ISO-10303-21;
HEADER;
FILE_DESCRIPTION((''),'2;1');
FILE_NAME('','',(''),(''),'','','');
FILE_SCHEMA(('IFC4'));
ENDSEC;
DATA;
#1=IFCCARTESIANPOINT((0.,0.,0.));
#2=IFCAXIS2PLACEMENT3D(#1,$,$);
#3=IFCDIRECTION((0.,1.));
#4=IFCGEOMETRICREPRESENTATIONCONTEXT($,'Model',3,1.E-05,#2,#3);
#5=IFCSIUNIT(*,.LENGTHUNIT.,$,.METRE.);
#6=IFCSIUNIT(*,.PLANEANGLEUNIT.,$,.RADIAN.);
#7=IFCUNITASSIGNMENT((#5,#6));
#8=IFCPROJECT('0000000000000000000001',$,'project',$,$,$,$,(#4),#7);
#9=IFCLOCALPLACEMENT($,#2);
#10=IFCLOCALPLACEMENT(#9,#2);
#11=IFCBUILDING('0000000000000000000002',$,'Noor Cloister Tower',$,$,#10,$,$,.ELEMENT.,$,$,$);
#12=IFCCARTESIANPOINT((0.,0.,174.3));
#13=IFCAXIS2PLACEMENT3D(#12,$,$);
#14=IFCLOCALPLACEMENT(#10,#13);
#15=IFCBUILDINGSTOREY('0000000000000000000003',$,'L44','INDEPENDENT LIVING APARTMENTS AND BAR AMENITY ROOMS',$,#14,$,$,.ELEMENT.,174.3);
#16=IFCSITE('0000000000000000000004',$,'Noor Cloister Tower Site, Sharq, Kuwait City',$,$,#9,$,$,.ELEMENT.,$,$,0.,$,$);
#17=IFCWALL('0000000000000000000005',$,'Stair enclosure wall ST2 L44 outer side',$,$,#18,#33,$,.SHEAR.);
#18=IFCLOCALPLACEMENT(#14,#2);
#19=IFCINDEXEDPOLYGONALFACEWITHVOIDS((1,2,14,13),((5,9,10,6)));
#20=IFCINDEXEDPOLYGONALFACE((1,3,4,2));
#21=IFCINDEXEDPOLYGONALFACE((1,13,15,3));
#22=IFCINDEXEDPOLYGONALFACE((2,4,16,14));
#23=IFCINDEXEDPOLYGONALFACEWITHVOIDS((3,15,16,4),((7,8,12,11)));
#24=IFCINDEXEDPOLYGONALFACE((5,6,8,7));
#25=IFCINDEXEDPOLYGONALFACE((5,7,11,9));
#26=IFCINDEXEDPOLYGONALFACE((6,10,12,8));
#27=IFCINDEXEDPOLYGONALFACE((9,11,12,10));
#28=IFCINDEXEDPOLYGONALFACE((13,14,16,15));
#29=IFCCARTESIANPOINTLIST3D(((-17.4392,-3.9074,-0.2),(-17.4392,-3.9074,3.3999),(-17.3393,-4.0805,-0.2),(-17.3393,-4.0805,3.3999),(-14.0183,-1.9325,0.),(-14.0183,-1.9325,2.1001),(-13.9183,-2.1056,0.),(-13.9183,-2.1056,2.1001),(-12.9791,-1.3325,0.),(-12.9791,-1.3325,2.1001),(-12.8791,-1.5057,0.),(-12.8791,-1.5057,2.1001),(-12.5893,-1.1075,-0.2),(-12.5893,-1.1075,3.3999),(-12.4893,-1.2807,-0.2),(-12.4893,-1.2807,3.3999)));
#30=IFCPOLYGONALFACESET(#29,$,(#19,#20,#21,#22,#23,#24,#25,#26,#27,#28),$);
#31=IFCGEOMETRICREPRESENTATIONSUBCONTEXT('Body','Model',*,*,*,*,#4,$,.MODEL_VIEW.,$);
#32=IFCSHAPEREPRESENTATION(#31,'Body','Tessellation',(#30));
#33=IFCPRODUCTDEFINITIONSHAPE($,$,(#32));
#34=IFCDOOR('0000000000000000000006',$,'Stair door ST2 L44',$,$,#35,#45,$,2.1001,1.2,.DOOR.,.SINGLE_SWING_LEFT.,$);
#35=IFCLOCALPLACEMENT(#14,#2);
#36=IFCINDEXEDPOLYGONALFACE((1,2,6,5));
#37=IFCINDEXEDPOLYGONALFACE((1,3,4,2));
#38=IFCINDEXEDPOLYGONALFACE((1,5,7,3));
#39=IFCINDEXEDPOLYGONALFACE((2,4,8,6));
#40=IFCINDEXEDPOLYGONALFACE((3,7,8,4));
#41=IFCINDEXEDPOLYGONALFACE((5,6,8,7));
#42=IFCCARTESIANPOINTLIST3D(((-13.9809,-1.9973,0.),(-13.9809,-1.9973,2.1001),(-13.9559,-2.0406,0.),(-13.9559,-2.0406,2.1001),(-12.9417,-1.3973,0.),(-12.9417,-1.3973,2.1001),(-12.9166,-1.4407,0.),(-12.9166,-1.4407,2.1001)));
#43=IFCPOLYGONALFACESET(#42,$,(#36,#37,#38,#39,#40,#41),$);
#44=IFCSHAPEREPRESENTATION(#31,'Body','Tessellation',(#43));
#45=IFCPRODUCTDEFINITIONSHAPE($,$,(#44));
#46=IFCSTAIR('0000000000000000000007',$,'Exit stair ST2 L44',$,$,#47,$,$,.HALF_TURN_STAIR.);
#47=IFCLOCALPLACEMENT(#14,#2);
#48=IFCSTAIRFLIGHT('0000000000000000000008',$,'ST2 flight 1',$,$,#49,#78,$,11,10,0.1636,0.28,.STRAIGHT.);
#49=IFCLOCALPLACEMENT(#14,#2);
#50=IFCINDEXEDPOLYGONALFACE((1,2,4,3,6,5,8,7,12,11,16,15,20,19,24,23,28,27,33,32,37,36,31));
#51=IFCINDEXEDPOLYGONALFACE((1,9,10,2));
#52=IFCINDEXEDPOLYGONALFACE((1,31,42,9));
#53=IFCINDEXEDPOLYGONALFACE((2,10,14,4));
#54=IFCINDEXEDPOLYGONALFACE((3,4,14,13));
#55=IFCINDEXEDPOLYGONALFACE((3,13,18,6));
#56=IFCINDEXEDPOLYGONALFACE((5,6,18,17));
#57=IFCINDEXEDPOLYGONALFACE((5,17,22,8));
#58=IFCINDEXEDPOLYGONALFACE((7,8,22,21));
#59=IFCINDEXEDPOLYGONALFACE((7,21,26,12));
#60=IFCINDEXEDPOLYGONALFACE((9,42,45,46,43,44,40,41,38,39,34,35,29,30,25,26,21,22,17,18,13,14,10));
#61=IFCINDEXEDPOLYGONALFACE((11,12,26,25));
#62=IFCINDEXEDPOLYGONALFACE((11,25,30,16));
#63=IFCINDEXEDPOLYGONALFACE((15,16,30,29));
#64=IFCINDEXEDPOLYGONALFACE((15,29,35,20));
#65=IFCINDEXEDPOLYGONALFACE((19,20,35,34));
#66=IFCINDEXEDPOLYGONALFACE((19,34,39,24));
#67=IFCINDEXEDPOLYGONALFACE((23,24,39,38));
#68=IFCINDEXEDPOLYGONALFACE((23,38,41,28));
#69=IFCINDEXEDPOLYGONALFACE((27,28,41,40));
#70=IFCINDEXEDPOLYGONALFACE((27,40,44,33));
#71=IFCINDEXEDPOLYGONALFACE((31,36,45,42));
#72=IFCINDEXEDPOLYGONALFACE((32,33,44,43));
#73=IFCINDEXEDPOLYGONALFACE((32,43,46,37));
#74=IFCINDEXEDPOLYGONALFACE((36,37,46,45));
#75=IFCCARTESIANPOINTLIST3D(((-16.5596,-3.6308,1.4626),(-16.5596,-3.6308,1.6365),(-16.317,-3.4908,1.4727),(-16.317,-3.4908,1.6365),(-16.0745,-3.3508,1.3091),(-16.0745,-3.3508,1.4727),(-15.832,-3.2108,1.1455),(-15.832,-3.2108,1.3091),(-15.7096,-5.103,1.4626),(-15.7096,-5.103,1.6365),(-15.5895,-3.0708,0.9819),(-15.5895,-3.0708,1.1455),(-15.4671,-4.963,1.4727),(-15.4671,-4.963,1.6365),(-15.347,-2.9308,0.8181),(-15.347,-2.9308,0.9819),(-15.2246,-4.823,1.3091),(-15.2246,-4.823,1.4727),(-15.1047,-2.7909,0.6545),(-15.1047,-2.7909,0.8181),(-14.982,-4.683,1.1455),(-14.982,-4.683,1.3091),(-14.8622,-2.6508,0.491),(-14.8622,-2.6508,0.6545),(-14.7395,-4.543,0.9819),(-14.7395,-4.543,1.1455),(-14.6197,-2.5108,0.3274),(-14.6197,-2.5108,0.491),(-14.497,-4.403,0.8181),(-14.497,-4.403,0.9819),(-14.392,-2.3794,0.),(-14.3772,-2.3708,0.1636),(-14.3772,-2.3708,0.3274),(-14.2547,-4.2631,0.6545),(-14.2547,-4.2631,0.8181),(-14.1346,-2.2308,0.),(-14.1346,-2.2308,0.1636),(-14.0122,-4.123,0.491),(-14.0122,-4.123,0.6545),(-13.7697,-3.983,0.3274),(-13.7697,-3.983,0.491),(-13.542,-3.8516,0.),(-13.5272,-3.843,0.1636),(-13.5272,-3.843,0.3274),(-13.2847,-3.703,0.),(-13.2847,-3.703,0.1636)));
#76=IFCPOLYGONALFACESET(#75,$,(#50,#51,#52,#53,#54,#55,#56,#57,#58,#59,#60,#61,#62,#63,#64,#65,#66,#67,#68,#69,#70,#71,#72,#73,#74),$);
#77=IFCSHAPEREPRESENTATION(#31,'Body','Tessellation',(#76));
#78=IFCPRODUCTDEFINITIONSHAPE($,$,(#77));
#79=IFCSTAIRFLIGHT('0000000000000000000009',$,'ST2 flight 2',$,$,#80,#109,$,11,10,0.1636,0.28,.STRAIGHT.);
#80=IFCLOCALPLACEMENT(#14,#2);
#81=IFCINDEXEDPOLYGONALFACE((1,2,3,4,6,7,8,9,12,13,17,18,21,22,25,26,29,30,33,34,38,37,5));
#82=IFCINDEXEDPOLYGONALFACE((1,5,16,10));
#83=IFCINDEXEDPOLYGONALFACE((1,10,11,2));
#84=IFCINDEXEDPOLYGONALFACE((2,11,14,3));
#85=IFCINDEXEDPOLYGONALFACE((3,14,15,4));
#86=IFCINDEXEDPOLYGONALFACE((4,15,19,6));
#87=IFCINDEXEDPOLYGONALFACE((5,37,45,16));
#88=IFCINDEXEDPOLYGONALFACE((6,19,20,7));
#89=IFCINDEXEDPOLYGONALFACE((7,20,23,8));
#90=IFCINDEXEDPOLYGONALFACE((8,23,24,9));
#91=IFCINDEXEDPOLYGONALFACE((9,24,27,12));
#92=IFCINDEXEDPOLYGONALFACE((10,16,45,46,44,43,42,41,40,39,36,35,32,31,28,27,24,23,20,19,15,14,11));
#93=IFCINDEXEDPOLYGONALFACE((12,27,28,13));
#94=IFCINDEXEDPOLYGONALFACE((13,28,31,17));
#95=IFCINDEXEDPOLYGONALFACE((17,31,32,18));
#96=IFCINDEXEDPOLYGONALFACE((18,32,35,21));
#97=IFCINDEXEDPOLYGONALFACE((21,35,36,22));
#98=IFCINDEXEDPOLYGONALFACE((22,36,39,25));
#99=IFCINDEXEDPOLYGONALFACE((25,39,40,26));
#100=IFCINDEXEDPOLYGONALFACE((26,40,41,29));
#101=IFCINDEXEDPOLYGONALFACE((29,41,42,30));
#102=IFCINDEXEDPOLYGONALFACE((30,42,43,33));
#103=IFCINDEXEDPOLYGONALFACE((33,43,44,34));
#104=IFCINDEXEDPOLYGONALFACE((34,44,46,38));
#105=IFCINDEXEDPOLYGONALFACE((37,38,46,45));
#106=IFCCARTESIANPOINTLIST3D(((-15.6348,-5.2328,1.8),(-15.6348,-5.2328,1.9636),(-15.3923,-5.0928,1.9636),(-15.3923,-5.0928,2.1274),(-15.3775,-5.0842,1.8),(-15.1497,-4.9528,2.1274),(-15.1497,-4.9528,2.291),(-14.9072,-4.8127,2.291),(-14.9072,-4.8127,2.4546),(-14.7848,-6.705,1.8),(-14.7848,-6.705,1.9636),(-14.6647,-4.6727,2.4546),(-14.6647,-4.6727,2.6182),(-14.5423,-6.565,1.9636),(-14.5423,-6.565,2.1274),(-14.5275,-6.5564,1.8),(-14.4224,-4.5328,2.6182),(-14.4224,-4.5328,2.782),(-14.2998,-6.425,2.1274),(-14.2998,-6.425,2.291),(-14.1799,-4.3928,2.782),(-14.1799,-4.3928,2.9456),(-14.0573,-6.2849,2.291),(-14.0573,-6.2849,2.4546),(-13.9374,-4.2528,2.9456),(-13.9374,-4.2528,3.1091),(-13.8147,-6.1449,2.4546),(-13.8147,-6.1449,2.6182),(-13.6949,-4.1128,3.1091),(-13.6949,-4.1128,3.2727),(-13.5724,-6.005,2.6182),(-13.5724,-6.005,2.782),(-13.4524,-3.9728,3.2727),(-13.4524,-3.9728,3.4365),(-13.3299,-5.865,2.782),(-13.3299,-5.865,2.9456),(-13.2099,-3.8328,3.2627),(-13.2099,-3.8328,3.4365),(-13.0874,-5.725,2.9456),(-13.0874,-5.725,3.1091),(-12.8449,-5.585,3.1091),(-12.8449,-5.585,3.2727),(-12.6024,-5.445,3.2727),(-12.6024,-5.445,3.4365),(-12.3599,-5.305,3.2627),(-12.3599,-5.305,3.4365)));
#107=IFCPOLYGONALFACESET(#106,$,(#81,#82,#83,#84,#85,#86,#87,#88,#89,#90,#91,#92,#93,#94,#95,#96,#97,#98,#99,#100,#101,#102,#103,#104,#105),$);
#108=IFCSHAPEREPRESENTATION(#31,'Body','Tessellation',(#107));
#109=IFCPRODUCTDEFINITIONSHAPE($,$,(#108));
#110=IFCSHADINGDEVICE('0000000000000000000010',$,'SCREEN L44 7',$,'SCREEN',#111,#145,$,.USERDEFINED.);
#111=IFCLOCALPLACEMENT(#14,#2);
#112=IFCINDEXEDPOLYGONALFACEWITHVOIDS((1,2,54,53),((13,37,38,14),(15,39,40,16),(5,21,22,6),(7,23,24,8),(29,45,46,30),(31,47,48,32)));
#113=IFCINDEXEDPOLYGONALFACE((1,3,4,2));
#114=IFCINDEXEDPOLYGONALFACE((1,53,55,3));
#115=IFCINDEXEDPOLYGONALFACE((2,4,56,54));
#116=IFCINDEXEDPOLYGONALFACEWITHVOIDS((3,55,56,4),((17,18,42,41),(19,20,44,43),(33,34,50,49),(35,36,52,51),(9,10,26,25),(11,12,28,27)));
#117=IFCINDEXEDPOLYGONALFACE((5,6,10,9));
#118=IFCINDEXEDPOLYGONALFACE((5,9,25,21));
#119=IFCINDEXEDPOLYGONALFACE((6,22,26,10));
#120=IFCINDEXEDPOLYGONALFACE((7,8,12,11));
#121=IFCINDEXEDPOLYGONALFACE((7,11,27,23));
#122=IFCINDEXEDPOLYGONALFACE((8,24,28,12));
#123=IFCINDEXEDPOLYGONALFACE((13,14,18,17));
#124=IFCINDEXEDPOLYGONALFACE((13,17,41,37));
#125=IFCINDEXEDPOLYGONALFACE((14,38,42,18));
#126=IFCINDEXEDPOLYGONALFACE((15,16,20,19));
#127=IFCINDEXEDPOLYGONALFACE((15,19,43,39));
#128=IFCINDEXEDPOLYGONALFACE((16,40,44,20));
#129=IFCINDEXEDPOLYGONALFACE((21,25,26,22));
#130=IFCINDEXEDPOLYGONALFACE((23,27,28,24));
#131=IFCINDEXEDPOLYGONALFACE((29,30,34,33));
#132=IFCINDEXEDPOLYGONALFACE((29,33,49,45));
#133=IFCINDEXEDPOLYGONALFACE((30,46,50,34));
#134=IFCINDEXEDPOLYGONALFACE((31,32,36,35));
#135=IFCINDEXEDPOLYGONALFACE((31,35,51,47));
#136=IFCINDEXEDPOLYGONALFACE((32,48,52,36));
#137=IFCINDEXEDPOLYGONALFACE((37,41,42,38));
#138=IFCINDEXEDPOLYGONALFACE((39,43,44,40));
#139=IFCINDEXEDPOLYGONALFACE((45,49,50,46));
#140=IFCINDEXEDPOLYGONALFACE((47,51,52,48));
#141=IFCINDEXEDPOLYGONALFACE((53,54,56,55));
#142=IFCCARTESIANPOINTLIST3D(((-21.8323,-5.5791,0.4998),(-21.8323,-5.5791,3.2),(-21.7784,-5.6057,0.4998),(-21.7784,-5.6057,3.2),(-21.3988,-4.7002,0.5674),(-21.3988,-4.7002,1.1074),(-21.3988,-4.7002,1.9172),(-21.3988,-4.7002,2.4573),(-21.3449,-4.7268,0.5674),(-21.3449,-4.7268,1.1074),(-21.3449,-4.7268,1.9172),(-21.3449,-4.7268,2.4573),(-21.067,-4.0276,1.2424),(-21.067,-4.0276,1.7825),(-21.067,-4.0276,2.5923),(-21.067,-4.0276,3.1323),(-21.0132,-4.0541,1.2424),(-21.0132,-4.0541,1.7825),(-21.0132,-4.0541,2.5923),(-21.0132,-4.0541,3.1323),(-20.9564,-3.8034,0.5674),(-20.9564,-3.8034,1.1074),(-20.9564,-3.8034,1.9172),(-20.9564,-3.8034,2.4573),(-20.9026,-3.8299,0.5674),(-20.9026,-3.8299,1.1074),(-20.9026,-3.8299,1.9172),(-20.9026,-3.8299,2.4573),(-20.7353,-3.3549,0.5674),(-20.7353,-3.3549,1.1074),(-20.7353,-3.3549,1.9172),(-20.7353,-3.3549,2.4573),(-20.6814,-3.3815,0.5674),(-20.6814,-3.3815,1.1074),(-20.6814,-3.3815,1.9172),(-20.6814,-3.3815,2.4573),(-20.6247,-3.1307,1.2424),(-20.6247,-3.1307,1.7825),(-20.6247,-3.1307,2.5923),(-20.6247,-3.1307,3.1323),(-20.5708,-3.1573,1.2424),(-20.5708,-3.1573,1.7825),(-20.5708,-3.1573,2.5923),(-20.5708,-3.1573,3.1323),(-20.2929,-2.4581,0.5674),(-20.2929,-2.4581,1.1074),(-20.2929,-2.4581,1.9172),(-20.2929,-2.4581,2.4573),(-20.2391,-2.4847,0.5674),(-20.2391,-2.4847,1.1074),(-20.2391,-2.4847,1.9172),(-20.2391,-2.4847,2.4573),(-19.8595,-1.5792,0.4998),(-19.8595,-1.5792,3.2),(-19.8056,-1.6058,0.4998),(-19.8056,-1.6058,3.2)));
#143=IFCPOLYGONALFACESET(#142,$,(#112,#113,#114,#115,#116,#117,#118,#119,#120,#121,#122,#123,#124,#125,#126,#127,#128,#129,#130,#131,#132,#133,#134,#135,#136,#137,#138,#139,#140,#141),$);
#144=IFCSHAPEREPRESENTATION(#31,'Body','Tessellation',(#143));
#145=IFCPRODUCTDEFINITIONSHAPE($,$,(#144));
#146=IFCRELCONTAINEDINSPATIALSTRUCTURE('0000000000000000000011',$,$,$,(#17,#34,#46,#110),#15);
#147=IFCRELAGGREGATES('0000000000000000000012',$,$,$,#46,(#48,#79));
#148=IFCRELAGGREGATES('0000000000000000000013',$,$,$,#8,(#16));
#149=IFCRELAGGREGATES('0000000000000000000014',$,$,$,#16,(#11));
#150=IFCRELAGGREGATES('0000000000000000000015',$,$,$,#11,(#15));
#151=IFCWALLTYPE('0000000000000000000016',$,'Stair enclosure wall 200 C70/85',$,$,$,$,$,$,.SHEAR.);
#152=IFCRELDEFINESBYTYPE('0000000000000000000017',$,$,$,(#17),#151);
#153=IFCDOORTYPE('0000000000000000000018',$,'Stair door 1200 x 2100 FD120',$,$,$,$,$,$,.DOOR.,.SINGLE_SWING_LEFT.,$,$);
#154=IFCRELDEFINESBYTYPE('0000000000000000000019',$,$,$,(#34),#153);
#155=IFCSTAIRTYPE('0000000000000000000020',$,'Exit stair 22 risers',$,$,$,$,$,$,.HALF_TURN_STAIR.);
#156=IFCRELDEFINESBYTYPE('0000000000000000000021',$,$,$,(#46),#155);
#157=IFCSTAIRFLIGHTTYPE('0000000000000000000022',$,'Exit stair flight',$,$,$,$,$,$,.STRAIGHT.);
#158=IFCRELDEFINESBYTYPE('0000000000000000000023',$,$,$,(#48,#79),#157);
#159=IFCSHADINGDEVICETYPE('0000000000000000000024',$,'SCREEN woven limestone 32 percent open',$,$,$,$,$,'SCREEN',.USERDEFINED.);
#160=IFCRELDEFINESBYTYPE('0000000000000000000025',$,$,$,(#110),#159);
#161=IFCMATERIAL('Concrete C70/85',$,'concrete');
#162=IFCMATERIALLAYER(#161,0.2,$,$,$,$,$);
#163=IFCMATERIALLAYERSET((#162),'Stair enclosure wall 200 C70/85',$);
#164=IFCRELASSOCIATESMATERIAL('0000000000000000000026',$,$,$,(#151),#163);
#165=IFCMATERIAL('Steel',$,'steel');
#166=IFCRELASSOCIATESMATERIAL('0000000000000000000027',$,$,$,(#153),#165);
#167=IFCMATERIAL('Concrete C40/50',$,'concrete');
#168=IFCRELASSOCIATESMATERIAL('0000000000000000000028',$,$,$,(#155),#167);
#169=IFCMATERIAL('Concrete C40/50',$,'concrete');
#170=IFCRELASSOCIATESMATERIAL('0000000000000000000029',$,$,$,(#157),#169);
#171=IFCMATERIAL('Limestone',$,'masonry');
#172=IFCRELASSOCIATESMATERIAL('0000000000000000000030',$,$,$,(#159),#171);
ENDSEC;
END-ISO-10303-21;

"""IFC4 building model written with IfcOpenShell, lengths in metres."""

from ifc_helpers import new_model, si_unit, direction, frame, frame_2d, origin, place, context, subcontext, project, spatial, polyline, rectangle, outline, extrude, material, layer, layer_set, material_profile, profile_set, type_object, element, fill, aggregate, save


model = new_model("IFC4")

# Units and contexts
model_context = context("Model", 3, precision=1e-05, world=origin(), true_north=direction((0.0, 1.0)))
body_context = subcontext(model_context, "Body", "Model", "MODEL_VIEW")
ifc_project = project(units=[si_unit("LENGTHUNIT", "METRE"), si_unit("PLANEANGLEUNIT", "RADIAN")], contexts=[model_context])

# Site, building, storey
site_placement = place(None, origin())
site = spatial("IfcSite", under=ifc_project, at=site_placement, Name="Noor Cloister Tower Site, Sharq, Kuwait City", CompositionType="ELEMENT", RefElevation=0.0)
building_placement = place(site_placement, origin())
building = spatial("IfcBuilding", under=site, at=building_placement, Name="Noor Cloister Tower", CompositionType="ELEMENT")
storey_placement = place(building_placement, frame((0.0, 0.0, 174.3)))
storey = spatial("IfcBuildingStorey", under=building, at=storey_placement, Name="L44", Description="INDEPENDENT LIVING APARTMENTS AND BAR AMENITY ROOMS", CompositionType="ELEMENT", Elevation=174.3)

# Wall, opening, door
ifc_material_1 = material(Name="Concrete C70/85", Category="concrete")
ifc_layer_1 = layer(ifc_material_1, 0.2)
ifc_layer_set_1 = layer_set([ifc_layer_1], Name="Stair enclosure wall 200 C70/85")
wall_type_1 = type_object("IfcWallType", Name="Stair enclosure wall 200 C70/85", PredefinedType="SHEAR", material=ifc_layer_set_1)
ifc_material_2 = material(Name="Steel", Category="steel")
door_type = type_object("IfcDoorType", Name="Stair door 1200 x 2100 FD120", OperationType="SINGLE_SWING_LEFT", PredefinedType="DOOR", material=ifc_material_2)
wall_1_placement = place(storey_placement, frame((-12.5393, -1.1941, -0.2), z_axis=(0.0, 0.0, 1.0), x_axis=(-0.866045, -0.499965, 0.0)))
wall_1 = element("IfcWall", 1, at=wall_1_placement, inside=storey, type_object=wall_type_1, Name="Stair enclosure wall ST2 L44 outer side", PredefinedType="SHEAR", context=body_context, shape_type="SweptSolid", body=[
    extrude(rectangle(XDim=5.6001, YDim=0.2, at=frame_2d((2.8, 0.0))), origin(), (0.0, 0.0, 1.0), 3.5999),
])
opening_1_placement = place(wall_1_placement, frame((0.45, 0.0, 0.2)))
opening_1 = element("IfcOpeningElement", 2, at=opening_1_placement, cuts=wall_1, PredefinedType="OPENING", context=body_context, shape_type="SweptSolid", body=[
    extrude(rectangle(XDim=1.2, YDim=2.1001, at=frame_2d((0.6001, 1.05))), frame((0.0, 0.1099, 0.0), z_axis=(0.0, -1.0, 0.0), x_axis=(1.0, 0.0, 0.0)), (0.0, 0.0, 1.0), 0.22),
])
door_1_placement = place(opening_1_placement, origin())
door_1 = element("IfcDoor", 3, at=door_1_placement, inside=storey, type_object=door_type, Name="Stair door ST2 L44", OperationType="SINGLE_SWING_LEFT", OverallHeight=2.1001, OverallWidth=1.2, PredefinedType="DOOR", context=body_context, shape_type="SweptSolid", body=[
    extrude(rectangle(XDim=1.2, YDim=2.1001, at=frame_2d((0.6001, 1.05))), frame((0.0, 0.0249, 0.0), z_axis=(0.0, -1.0, 0.0), x_axis=(1.0, 0.0, 0.0)), (0.0, 0.0, 1.0), 0.05),
])
fill(opening_1, door_1)

# Stair, stair flights
ifc_material_3 = material(Name="Concrete C40/50", Category="concrete")
stair_type = type_object("IfcStairType", Name="Exit stair 22 risers", PredefinedType="HALF_TURN_STAIR", material=ifc_material_3)
stair_placement = place(storey_placement, origin())
stair = element("IfcStair", 4, at=stair_placement, inside=storey, type_object=stair_type, Name="Exit stair ST2 L44", PredefinedType="HALF_TURN_STAIR")
ifc_material_4 = material(Name="Concrete C40/50", Category="concrete")
stair_flight_type = type_object("IfcStairFlightType", Name="Exit stair flight", PredefinedType="STRAIGHT", material=ifc_material_4)
stair_flight_1_placement = place(storey_placement, frame((-13.7097, -2.9668, 0.0), z_axis=(0.0, 0.0, 1.0), x_axis=(-0.866025, -0.5, 0.0)))
stair_flight_1 = element("IfcStairFlight", 5, at=stair_flight_1_placement, type_object=stair_flight_type, Name="ST2 flight 1", NumberOfRisers=11, NumberOfTreads=10, PredefinedType="STRAIGHT", RiserHeight=0.1636, TreadLength=0.28, context=body_context, shape_type="SweptSolid", body=[
    extrude(outline(polyline([(0.0, 0.0), (0.0, 0.1636), (0.28, 0.1636), (0.28, 0.3274), (0.5601, 0.3274), (0.5601, 0.491), (0.8401, 0.491), (0.8401, 0.6545), (1.1201, 0.6545), (1.1201, 0.8181), (1.3999, 0.8181), (1.3999, 0.9819), (1.6799, 0.9819), (1.6799, 1.1455), (1.96, 1.1455), (1.96, 1.3091), (2.24, 1.3091), (2.24, 1.4727), (2.52, 1.4727), (2.52, 1.6365), (2.8, 1.6365), (2.8, 1.8), (2.8, 1.4626), (0.2971, 0.0), (0.0, 0.0)])), frame((0.0, 0.8501, 0.0), z_axis=(0.0, -1.0, 0.0), x_axis=(1.0, 0.0, 0.0)), (0.0, 0.0, 1.0), 1.7),
])
stair_flight_2_placement = place(storey_placement, frame((-15.2097, -5.969, 1.8), z_axis=(0.0, 0.0, 1.0), x_axis=(0.866025, 0.5, 0.0)))
stair_flight_2 = element("IfcStairFlight", 6, at=stair_flight_2_placement, type_object=stair_flight_type, Name="ST2 flight 2", NumberOfRisers=11, NumberOfTreads=10, PredefinedType="STRAIGHT", RiserHeight=0.1636, TreadLength=0.28, context=body_context, shape_type="SweptSolid", body=[
    extrude(outline(polyline([(0.0, 0.0), (0.0, 0.1636), (0.28, 0.1636), (0.28, 0.3274), (0.5601, 0.3274), (0.5601, 0.491), (0.8401, 0.491), (0.8401, 0.6545), (1.1201, 0.6545), (1.1201, 0.8181), (1.3999, 0.8181), (1.3999, 0.9819), (1.6799, 0.9819), (1.6799, 1.1455), (1.96, 1.1455), (1.96, 1.3091), (2.24, 1.3091), (2.24, 1.4727), (2.52, 1.4727), (2.52, 1.6365), (2.8, 1.6365), (2.8, 1.8), (2.8, 1.4626), (0.2971, 0.0), (0.0, 0.0)])), frame((0.0, 0.8501, 0.0), z_axis=(0.0, -1.0, 0.0), x_axis=(1.0, 0.0, 0.0)), (0.0, 0.0, 1.0), 1.7),
])
aggregate(stair, [stair_flight_1, stair_flight_2])

# Shading device
ifc_material_5 = material(Name="Limestone", Category="masonry")
ifc_material_profile_1 = material_profile(ifc_material_5, outline(polyline([(-2.23, -1.3501), (2.23, -1.3501), (2.23, 1.3501), (-2.23, 1.3501), (-2.23, -1.3501)]), holes=[polyline([(-1.25, -1.2825), (-0.25, -1.2825), (-0.25, -0.7424), (-1.25, -0.7424), (-1.25, -1.2825)]), polyline([(0.25, -1.2825), (1.25, -1.2825), (1.25, -0.7424), (0.25, -0.7424), (0.25, -1.2825)]), polyline([(-0.5, -0.6074), (0.5, -0.6074), (0.5, -0.0674), (-0.5, -0.0674), (-0.5, -0.6074)]), polyline([(-1.25, 0.0674), (-0.25, 0.0674), (-0.25, 0.6074), (-1.25, 0.6074), (-1.25, 0.0674)]), polyline([(0.25, 0.0674), (1.25, 0.0674), (1.25, 0.6074), (0.25, 0.6074), (0.25, 0.0674)]), polyline([(-0.5, 0.7424), (0.5, 0.7424), (0.5, 1.2825), (-0.5, 1.2825), (-0.5, 0.7424)])]), Name="Woven screen 32 percent open")
ifc_profile_set_1 = profile_set([ifc_material_profile_1], Name="Limestone")
shading_device_type = type_object("IfcShadingDeviceType", Name="SCREEN woven limestone 32 percent open", ElementType="SCREEN", PredefinedType="USERDEFINED", material=ifc_profile_set_1)
shading_device_placement = place(storey_placement, frame((-20.792, -3.6057, 1.8499), z_axis=(-0.896849, 0.442337, 0.0), x_axis=(-0.442337, -0.896849, 0.0)))
element("IfcShadingDevice", 7, at=shading_device_placement, inside=storey, type_object=shading_device_type, Name="SCREEN L44 7", ObjectType="SCREEN", PredefinedType="USERDEFINED", context=body_context, shape_type="SweptSolid", body=[
    extrude(outline(polyline([(-2.23, -1.3501), (2.23, -1.3501), (2.23, 1.3501), (-2.23, 1.3501), (-2.23, -1.3501)]), holes=[polyline([(-1.25, -1.2825), (-0.25, -1.2825), (-0.25, -0.7424), (-1.25, -0.7424), (-1.25, -1.2825)]), polyline([(0.25, -1.2825), (1.25, -1.2825), (1.25, -0.7424), (0.25, -0.7424), (0.25, -1.2825)]), polyline([(-0.5, -0.6074), (0.5, -0.6074), (0.5, -0.0674), (-0.5, -0.0674), (-0.5, -0.6074)]), polyline([(-1.25, 0.0674), (-0.25, 0.0674), (-0.25, 0.6074), (-1.25, 0.6074), (-1.25, 0.0674)]), polyline([(0.25, 0.0674), (1.25, 0.0674), (1.25, 0.6074), (0.25, 0.6074), (0.25, 0.0674)]), polyline([(-0.5, 0.7424), (0.5, 0.7424), (0.5, 1.2825), (-0.5, 1.2825), (-0.5, 0.7424)])]), origin(), (0.0, 0.0, 1.0), 0.0601),
])

save(model, "model.ifc")
